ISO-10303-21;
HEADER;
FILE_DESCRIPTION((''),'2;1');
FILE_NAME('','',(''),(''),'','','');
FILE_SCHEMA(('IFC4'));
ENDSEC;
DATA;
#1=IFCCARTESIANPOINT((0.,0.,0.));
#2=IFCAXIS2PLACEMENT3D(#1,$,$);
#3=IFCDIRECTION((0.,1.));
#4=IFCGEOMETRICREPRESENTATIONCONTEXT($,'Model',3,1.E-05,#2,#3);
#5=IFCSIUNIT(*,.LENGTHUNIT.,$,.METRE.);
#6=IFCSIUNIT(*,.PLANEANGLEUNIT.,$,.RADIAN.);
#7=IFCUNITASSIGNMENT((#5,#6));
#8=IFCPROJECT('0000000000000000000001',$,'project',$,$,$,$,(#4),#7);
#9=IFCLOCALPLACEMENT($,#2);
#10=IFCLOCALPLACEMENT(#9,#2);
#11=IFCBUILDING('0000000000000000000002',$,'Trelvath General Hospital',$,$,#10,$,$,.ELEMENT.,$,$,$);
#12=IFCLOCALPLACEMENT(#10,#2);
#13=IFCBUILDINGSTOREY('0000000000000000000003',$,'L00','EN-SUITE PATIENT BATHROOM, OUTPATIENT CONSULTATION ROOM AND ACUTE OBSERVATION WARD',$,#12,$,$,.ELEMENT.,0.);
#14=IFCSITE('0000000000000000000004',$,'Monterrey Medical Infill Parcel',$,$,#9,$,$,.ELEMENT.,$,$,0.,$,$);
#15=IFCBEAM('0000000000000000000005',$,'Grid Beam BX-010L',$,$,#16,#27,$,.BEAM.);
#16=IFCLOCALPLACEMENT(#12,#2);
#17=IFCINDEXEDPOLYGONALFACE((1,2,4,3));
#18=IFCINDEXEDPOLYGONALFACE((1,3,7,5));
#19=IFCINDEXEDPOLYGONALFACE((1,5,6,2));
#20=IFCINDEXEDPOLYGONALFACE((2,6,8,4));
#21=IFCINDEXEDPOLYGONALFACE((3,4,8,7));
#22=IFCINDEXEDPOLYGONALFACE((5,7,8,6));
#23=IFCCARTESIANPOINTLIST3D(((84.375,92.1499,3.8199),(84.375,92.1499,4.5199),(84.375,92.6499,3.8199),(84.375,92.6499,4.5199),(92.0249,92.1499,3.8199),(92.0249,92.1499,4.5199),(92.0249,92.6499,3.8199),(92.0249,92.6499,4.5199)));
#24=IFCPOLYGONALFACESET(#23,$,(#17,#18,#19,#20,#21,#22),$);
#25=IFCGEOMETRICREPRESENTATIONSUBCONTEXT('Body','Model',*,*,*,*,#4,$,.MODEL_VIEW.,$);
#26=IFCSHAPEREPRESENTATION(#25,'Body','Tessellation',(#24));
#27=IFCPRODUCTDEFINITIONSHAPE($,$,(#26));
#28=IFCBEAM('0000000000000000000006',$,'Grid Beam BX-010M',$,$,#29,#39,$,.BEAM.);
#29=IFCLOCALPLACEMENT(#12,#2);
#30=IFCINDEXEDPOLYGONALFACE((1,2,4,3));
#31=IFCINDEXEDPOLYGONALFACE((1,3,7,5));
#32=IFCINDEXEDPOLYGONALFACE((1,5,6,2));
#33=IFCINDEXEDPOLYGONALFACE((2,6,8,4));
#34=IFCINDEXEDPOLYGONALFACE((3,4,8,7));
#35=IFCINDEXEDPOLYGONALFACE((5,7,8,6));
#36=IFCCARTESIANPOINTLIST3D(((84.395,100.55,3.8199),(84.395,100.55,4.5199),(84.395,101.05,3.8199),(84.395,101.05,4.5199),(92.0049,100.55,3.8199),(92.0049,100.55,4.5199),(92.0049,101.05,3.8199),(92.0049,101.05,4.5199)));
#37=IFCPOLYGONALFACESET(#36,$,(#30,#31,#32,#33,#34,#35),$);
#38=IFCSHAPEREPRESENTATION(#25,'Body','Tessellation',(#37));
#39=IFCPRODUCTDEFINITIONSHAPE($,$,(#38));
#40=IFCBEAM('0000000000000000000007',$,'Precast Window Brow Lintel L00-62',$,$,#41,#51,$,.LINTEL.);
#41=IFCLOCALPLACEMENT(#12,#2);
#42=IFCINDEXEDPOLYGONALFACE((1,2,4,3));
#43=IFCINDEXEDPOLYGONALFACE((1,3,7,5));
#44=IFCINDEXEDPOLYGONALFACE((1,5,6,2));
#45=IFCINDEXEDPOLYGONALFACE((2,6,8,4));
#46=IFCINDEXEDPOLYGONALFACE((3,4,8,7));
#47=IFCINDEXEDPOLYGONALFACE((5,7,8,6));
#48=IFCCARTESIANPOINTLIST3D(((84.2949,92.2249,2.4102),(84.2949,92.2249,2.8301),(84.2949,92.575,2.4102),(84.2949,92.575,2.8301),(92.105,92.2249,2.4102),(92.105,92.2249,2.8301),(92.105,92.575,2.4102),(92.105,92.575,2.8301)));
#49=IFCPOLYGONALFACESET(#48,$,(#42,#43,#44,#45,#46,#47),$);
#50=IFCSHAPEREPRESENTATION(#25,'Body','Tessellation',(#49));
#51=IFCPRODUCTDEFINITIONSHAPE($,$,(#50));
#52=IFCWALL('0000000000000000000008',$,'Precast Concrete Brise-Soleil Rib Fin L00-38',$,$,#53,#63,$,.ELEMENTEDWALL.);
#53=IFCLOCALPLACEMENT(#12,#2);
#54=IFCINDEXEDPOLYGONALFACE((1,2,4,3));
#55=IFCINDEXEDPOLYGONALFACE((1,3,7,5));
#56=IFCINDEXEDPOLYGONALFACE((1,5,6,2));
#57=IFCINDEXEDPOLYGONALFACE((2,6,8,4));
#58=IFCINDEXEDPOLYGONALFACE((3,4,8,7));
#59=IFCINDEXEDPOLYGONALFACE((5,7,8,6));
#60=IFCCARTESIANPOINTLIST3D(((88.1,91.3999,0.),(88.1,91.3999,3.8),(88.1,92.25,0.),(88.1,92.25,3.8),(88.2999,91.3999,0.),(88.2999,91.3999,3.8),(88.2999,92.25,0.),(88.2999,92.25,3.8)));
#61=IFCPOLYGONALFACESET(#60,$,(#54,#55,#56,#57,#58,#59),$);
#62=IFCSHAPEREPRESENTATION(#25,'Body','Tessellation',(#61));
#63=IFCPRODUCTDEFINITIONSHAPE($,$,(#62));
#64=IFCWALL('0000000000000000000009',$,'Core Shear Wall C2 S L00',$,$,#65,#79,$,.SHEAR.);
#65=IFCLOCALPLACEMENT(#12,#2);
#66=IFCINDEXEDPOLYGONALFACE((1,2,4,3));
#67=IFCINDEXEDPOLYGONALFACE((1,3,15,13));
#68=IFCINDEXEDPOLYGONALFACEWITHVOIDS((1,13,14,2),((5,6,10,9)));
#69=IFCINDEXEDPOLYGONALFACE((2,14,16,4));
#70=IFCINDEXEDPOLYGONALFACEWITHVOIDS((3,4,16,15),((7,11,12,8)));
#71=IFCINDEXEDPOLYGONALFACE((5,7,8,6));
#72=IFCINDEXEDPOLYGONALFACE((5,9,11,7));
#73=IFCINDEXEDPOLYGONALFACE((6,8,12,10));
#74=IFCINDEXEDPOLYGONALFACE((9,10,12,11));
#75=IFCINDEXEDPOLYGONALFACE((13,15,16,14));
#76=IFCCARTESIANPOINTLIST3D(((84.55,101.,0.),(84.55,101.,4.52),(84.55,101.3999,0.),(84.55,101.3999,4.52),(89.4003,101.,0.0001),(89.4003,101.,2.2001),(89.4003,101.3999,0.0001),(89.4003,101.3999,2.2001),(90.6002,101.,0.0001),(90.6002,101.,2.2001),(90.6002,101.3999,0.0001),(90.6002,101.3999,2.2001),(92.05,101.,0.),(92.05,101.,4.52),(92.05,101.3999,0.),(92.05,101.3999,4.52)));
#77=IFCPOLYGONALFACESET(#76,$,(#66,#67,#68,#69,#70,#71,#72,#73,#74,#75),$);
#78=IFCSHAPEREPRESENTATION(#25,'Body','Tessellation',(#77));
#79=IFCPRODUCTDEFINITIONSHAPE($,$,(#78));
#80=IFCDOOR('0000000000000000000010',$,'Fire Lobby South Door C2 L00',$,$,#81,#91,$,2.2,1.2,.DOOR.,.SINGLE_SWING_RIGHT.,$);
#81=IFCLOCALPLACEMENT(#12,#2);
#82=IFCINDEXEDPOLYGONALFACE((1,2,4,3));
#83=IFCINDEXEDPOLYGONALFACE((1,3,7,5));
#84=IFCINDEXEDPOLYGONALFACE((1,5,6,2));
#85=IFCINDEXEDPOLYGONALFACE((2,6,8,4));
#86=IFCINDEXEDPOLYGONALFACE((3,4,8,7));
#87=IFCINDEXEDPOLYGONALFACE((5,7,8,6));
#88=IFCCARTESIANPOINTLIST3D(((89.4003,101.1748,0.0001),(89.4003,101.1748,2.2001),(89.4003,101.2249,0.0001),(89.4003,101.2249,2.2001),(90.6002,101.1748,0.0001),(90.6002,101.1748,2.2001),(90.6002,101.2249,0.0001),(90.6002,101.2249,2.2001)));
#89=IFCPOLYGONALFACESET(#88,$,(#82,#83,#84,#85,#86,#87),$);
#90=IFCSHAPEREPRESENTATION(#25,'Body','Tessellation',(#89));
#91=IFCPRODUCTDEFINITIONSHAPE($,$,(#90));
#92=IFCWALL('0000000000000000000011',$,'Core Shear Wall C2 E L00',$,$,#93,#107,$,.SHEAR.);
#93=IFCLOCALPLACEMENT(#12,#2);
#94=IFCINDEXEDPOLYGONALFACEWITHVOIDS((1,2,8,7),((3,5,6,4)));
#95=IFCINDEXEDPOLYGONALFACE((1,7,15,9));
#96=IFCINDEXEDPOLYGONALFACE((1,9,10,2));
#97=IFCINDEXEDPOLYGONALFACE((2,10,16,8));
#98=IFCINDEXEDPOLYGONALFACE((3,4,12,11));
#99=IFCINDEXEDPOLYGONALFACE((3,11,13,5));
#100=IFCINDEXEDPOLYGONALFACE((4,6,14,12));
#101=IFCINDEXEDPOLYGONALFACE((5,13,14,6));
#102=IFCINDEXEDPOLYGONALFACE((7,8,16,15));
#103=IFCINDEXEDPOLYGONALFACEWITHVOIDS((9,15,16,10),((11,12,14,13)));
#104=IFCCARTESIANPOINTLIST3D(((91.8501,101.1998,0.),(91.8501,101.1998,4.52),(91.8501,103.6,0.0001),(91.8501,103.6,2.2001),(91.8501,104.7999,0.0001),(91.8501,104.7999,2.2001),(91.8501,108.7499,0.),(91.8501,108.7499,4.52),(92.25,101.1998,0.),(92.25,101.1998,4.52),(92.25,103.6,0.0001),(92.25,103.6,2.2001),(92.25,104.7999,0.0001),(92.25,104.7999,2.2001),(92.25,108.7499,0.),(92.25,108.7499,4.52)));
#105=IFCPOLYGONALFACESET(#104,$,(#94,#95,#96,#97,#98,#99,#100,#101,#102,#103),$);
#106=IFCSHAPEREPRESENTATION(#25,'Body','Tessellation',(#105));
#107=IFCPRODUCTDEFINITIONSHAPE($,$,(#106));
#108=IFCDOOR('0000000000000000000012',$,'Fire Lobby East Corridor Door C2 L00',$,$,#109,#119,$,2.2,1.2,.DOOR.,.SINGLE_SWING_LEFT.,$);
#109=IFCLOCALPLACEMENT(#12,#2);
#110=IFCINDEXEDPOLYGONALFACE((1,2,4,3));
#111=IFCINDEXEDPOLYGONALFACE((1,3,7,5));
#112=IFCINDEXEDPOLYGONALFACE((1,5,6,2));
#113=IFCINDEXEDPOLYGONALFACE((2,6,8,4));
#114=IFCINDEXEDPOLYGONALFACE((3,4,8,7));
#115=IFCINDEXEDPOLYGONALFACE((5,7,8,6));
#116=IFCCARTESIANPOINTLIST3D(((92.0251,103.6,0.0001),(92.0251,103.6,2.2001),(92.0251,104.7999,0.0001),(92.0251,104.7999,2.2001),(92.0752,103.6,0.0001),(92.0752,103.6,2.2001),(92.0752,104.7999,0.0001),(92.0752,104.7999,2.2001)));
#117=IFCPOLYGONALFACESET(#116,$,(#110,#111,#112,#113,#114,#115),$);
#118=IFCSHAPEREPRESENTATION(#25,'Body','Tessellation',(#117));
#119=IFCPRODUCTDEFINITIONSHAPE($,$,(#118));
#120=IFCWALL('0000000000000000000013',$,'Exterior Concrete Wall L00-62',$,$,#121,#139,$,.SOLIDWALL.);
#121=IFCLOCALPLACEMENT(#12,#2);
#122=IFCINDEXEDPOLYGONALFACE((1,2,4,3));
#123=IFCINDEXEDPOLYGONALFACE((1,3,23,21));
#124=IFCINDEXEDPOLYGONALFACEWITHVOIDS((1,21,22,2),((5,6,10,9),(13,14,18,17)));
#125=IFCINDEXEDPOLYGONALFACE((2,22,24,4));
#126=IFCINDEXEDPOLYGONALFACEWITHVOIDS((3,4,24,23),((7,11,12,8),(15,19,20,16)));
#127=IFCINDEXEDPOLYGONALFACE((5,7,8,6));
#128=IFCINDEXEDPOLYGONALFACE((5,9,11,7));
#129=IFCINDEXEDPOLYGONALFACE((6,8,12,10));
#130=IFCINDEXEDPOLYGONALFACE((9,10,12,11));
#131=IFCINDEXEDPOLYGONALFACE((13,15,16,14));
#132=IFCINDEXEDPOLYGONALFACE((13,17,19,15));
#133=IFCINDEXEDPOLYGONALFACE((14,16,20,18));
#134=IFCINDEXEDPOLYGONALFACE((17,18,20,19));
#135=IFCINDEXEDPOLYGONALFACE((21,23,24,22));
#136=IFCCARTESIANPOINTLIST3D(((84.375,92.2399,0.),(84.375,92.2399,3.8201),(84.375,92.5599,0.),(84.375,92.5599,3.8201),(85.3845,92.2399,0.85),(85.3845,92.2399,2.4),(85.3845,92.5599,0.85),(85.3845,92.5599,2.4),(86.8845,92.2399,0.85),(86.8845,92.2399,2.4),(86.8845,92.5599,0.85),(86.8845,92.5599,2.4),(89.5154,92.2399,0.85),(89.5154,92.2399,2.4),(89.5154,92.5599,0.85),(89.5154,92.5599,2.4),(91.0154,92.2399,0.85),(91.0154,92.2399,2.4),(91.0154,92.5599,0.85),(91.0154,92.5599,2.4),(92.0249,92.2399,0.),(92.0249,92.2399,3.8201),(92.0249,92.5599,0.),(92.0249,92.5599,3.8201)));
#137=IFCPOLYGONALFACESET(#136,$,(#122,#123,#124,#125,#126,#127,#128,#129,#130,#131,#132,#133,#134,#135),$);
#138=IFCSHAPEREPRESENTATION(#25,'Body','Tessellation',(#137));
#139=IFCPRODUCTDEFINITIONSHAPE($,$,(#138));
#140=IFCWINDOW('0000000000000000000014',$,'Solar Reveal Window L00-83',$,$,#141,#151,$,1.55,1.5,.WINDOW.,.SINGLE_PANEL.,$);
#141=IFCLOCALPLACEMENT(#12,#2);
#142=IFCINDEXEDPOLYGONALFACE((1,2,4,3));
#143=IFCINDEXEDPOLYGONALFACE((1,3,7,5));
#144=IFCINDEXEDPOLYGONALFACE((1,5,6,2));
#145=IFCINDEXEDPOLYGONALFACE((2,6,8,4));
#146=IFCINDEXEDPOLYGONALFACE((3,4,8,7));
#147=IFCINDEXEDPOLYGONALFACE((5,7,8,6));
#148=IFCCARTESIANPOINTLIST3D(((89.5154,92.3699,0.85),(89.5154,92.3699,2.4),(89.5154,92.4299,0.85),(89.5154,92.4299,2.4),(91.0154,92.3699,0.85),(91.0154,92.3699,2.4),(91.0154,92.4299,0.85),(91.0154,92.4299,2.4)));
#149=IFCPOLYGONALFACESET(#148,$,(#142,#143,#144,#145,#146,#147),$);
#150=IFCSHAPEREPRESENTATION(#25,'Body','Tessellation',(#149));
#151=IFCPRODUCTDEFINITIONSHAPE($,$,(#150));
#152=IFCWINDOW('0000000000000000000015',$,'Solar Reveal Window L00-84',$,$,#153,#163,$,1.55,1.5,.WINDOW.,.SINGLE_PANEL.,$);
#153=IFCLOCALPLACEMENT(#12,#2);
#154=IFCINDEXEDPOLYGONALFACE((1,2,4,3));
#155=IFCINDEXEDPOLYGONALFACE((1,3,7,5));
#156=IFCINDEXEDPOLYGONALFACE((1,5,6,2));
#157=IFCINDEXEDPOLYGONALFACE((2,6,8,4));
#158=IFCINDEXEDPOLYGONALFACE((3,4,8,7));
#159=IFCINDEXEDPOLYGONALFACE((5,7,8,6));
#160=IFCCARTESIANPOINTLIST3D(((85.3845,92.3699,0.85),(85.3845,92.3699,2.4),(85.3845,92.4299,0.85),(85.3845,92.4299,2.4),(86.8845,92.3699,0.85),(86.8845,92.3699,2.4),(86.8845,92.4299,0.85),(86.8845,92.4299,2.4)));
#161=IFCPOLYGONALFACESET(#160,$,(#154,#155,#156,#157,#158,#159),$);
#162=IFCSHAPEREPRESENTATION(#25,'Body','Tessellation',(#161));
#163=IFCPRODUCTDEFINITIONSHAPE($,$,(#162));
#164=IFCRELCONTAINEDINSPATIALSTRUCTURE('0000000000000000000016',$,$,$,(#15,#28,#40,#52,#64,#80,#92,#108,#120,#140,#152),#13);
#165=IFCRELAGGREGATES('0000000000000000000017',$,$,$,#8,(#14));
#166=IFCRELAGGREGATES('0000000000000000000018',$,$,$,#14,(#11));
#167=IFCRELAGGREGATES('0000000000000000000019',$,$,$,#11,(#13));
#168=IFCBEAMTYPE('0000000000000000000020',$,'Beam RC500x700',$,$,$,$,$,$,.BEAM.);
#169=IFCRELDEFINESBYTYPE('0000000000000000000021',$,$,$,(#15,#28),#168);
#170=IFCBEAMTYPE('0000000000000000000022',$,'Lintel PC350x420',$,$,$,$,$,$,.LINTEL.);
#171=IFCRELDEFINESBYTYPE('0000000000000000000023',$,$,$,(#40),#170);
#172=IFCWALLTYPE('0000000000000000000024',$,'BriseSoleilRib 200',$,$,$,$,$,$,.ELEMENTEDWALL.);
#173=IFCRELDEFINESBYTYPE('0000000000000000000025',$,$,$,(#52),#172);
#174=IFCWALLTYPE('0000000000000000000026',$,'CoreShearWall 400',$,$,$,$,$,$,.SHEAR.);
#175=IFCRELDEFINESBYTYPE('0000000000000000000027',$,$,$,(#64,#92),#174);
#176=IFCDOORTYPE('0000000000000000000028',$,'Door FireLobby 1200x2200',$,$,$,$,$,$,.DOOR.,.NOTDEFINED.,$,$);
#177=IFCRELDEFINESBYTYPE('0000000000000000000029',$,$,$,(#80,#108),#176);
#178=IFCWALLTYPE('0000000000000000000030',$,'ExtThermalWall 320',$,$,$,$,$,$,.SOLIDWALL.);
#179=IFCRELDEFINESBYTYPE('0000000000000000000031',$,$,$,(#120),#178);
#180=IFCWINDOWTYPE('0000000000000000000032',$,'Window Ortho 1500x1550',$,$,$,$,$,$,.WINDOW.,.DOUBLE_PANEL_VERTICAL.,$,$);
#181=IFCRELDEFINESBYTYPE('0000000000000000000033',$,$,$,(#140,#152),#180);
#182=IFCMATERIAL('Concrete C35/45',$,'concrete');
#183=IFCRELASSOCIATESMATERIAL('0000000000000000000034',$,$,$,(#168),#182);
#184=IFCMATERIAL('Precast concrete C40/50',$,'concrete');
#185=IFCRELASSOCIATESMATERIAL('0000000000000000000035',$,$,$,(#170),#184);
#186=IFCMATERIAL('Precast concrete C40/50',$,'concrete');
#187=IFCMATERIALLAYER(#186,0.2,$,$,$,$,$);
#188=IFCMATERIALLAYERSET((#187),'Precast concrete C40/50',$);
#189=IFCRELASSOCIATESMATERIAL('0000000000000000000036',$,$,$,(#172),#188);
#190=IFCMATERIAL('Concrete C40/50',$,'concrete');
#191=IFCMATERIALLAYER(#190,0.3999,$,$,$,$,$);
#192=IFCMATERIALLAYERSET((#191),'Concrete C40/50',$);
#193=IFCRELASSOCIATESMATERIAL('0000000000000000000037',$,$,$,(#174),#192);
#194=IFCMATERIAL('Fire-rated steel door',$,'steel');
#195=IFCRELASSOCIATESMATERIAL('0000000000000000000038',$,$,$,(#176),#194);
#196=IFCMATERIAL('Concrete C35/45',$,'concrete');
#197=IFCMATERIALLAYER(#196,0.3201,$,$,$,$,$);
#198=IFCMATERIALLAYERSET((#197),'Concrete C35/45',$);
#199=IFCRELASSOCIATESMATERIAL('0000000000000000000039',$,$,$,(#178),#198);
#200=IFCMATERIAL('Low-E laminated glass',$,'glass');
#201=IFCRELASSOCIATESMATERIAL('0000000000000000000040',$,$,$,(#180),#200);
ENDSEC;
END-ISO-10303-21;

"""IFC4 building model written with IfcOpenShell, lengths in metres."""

from ifc_helpers import new_model, si_unit, direction, frame, frame_2d, origin, origin_2d, place, context, subcontext, project, spatial, rectangle, extrude, material, layer, layer_set, material_profile, profile_set, type_object, element, fill, save


model = new_model("IFC4")

# Units and contexts
model_context = context("Model", 3, precision=1e-05, world=origin(), true_north=direction((0.0, 1.0)))
body_context = subcontext(model_context, "Body", "Model", "MODEL_VIEW")
ifc_project = project(units=[si_unit("LENGTHUNIT", "METRE"), si_unit("PLANEANGLEUNIT", "RADIAN")], contexts=[model_context])

# Site, building, storey
site_placement = place(None, origin())
site = spatial("IfcSite", under=ifc_project, at=site_placement, Name="Monterrey Medical Infill Parcel", CompositionType="ELEMENT", RefElevation=0.0)
building_placement = place(site_placement, origin())
building = spatial("IfcBuilding", under=site, at=building_placement, Name="Trelvath General Hospital", CompositionType="ELEMENT")
storey_placement = place(building_placement, origin())
storey = spatial("IfcBuildingStorey", under=building, at=storey_placement, Name="L00", Description="EN-SUITE PATIENT BATHROOM, OUTPATIENT CONSULTATION ROOM AND ACUTE OBSERVATION WARD", CompositionType="ELEMENT", Elevation=0.0)

# Beams
ifc_material_1 = material(Name="Concrete C35/45", Category="concrete")
ifc_material_profile_1 = material_profile(ifc_material_1, rectangle(XDim=0.5, YDim=0.7, at=origin_2d()), Name="RCB500x700")
ifc_profile_set_1 = profile_set([ifc_material_profile_1], Name="Concrete C35/45")
beam_type_1 = type_object("IfcBeamType", Name="Beam RC500x700", PredefinedType="BEAM", material=ifc_profile_set_1)
beam_1_placement = place(storey_placement, frame((84.375, 92.3999, 4.1699), z_axis=(1.0, 0.0, 0.0), x_axis=(0.0, 1.0, 0.0)))
element("IfcBeam", 1, at=beam_1_placement, inside=storey, type_object=beam_type_1, Name="Grid Beam BX-010L", PredefinedType="BEAM", context=body_context, shape_type="SweptSolid", body=[
    extrude(rectangle(XDim=0.5, YDim=0.7, at=origin_2d()), origin(), (0.0, 0.0, 1.0), 7.6499),
])
beam_2_placement = place(storey_placement, frame((84.395, 100.8, 4.1699), z_axis=(1.0, 0.0, 0.0), x_axis=(0.0, 1.0, 0.0)))
element("IfcBeam", 2, at=beam_2_placement, inside=storey, type_object=beam_type_1, Name="Grid Beam BX-010M", PredefinedType="BEAM", context=body_context, shape_type="SweptSolid", body=[
    extrude(rectangle(XDim=0.5, YDim=0.7, at=origin_2d()), origin(), (0.0, 0.0, 1.0), 7.6099),
])
ifc_material_2 = material(Name="Precast concrete C40/50", Category="concrete")
ifc_material_profile_2 = material_profile(ifc_material_2, rectangle(XDim=0.3501, YDim=0.4199, at=origin_2d()), Name="PCL350x420")
ifc_profile_set_2 = profile_set([ifc_material_profile_2], Name="Precast concrete C40/50")
beam_type_2 = type_object("IfcBeamType", Name="Lintel PC350x420", PredefinedType="LINTEL", material=ifc_profile_set_2)
beam_3_placement = place(storey_placement, frame((92.105, 92.3999, 2.6201), z_axis=(-1.0, 0.0, 0.0), x_axis=(0.0, -1.0, 0.0)))
element("IfcBeam", 3, at=beam_3_placement, inside=storey, type_object=beam_type_2, Name="Precast Window Brow Lintel L00-62", PredefinedType="LINTEL", context=body_context, shape_type="SweptSolid", body=[
    extrude(rectangle(XDim=0.3501, YDim=0.4199, at=origin_2d()), origin(), (0.0, 0.0, 1.0), 7.8101),
])

# Wall
ifc_material_3 = material(Name="Precast concrete C40/50", Category="concrete")
ifc_layer_1 = layer(ifc_material_3, 0.2)
ifc_layer_set_1 = layer_set([ifc_layer_1], Name="Precast concrete C40/50")
wall_type_1 = type_object("IfcWallType", Name="BriseSoleilRib 200", PredefinedType="ELEMENTEDWALL", material=ifc_layer_set_1)
wall_1_placement = place(storey_placement, frame((88.2, 92.25, 0.0), z_axis=(0.0, 0.0, 1.0), x_axis=(0.0, -1.0, 0.0)))
element("IfcWall", 4, at=wall_1_placement, inside=storey, type_object=wall_type_1, Name="Precast Concrete Brise-Soleil Rib Fin L00-38", PredefinedType="ELEMENTEDWALL", context=body_context, shape_type="SweptSolid", body=[
    extrude(rectangle(XDim=0.8501, YDim=0.2, at=frame_2d((0.425, 0.0))), origin(), (0.0, 0.0, 1.0), 3.8),
])

# Walls, openings, doors
ifc_material_4 = material(Name="Concrete C40/50", Category="concrete")
ifc_layer_2 = layer(ifc_material_4, 0.3999)
ifc_layer_set_2 = layer_set([ifc_layer_2], Name="Concrete C40/50")
wall_type_2 = type_object("IfcWallType", Name="CoreShearWall 400", PredefinedType="SHEAR", material=ifc_layer_set_2)
wall_2_placement = place(storey_placement, frame((84.55, 101.2, 0.0), z_axis=(0.0, 0.0, 1.0), x_axis=(1.0, 0.0, 0.0)))
wall_2 = element("IfcWall", 5, at=wall_2_placement, inside=storey, type_object=wall_type_2, Name="Core Shear Wall C2 S L00", PredefinedType="SHEAR", context=body_context, shape_type="SweptSolid", body=[
    extrude(rectangle(XDim=7.5, YDim=0.3999, at=frame_2d((3.75, 0.0))), origin(), (0.0, 0.0, 1.0), 4.52),
])
opening_1_placement = place(wall_2_placement, frame((4.8501, 0.0, 0.0)))
opening_1 = element("IfcOpeningElement", 6, at=opening_1_placement, cuts=wall_2, PredefinedType="OPENING", context=body_context, shape_type="SweptSolid", body=[
    extrude(rectangle(XDim=1.2, YDim=2.2, at=frame_2d((0.6001, 1.1001))), frame((0.0, 0.21, 0.0), z_axis=(0.0, -1.0, 0.0), x_axis=(1.0, 0.0, 0.0)), (0.0, 0.0, 1.0), 0.4199),
])
ifc_material_5 = material(Name="Fire-rated steel door", Category="steel")
door_type_1 = type_object("IfcDoorType", Name="Door FireLobby 1200x2200", OperationType="NOTDEFINED", PredefinedType="DOOR", material=ifc_material_5)
door_1_placement = place(opening_1_placement, origin())
door_1 = element("IfcDoor", 7, at=door_1_placement, inside=storey, type_object=door_type_1, Name="Fire Lobby South Door C2 L00", OperationType="SINGLE_SWING_RIGHT", OverallHeight=2.2, OverallWidth=1.2, PredefinedType="DOOR", context=body_context, shape_type="SweptSolid", body=[
    extrude(rectangle(XDim=1.2, YDim=2.2, at=frame_2d((0.6001, 1.1001))), frame((0.0, 0.0249, 0.0), z_axis=(0.0, -1.0, 0.0), x_axis=(1.0, 0.0, 0.0)), (0.0, 0.0, 1.0), 0.05),
])
fill(opening_1, door_1)
wall_3_placement = place(storey_placement, frame((92.05, 101.2, 0.0), z_axis=(0.0, 0.0, 1.0), x_axis=(0.0, 1.0, 0.0)))
wall_3 = element("IfcWall", 8, at=wall_3_placement, inside=storey, type_object=wall_type_2, Name="Core Shear Wall C2 E L00", PredefinedType="SHEAR", context=body_context, shape_type="SweptSolid", body=[
    extrude(rectangle(XDim=7.55, YDim=0.3999, at=frame_2d((3.7749, 0.0))), origin(), (0.0, 0.0, 1.0), 4.52),
])
opening_2_placement = place(wall_3_placement, frame((2.3999, 0.0, 0.0)))
opening_2 = element("IfcOpeningElement", 9, at=opening_2_placement, cuts=wall_3, PredefinedType="OPENING", context=body_context, shape_type="SweptSolid", body=[
    extrude(rectangle(XDim=1.2, YDim=2.2, at=frame_2d((0.6001, 1.1001))), frame((0.0, 0.21, 0.0), z_axis=(0.0, -1.0, 0.0), x_axis=(1.0, 0.0, 0.0)), (0.0, 0.0, 1.0), 0.4199),
])
door_2_placement = place(opening_2_placement, origin())
door_2 = element("IfcDoor", 10, at=door_2_placement, inside=storey, type_object=door_type_1, Name="Fire Lobby East Corridor Door C2 L00", OperationType="SINGLE_SWING_LEFT", OverallHeight=2.2, OverallWidth=1.2, PredefinedType="DOOR", context=body_context, shape_type="SweptSolid", body=[
    extrude(rectangle(XDim=1.2, YDim=2.2, at=frame_2d((0.6001, 1.1001))), frame((0.0, 0.0249, 0.0), z_axis=(0.0, -1.0, 0.0), x_axis=(1.0, 0.0, 0.0)), (0.0, 0.0, 1.0), 0.05),
])
fill(opening_2, door_2)

# Wall, openings, windows
ifc_material_6 = material(Name="Concrete C35/45", Category="concrete")
ifc_layer_3 = layer(ifc_material_6, 0.3201)
ifc_layer_set_3 = layer_set([ifc_layer_3], Name="Concrete C35/45")
wall_type_3 = type_object("IfcWallType", Name="ExtThermalWall 320", PredefinedType="SOLIDWALL", material=ifc_layer_set_3)
wall_4_placement = place(storey_placement, frame((92.0249, 92.3999, 0.0), z_axis=(0.0, 0.0, 1.0), x_axis=(-1.0, 0.0, 0.0)))
wall_4 = element("IfcWall", 11, at=wall_4_placement, inside=storey, type_object=wall_type_3, Name="Exterior Concrete Wall L00-62", PredefinedType="SOLIDWALL", context=body_context, shape_type="SweptSolid", body=[
    extrude(rectangle(XDim=7.6499, YDim=0.3201, at=frame_2d((3.825, 0.0))), origin(), (0.0, 0.0, 1.0), 3.8201),
])
opening_3_placement = place(wall_4_placement, frame((1.0095, 0.0, 0.8501)))
opening_3 = element("IfcOpeningElement", 12, at=opening_3_placement, cuts=wall_4, PredefinedType="OPENING", context=body_context, shape_type="SweptSolid", body=[
    extrude(rectangle(XDim=1.5, YDim=1.55, at=frame_2d((0.75, 0.7749))), frame((0.0, 0.1699, 0.0), z_axis=(0.0, -1.0, 0.0), x_axis=(1.0, 0.0, 0.0)), (0.0, 0.0, 1.0), 0.3401),
])
opening_4_placement = place(wall_4_placement, frame((5.1404, 0.0, 0.8501)))
opening_4 = element("IfcOpeningElement", 13, at=opening_4_placement, cuts=wall_4, PredefinedType="OPENING", context=body_context, shape_type="SweptSolid", body=[
    extrude(rectangle(XDim=1.5, YDim=1.55, at=frame_2d((0.75, 0.7749))), frame((0.0, 0.1699, 0.0), z_axis=(0.0, -1.0, 0.0), x_axis=(1.0, 0.0, 0.0)), (0.0, 0.0, 1.0), 0.3401),
])
ifc_material_7 = material(Name="Low-E laminated glass", Category="glass")
window_type = type_object("IfcWindowType", Name="Window Ortho 1500x1550", PartitioningType="DOUBLE_PANEL_VERTICAL", PredefinedType="WINDOW", material=ifc_material_7)
window_1_placement = place(opening_3_placement, origin())
window_1 = element("IfcWindow", 14, at=window_1_placement, inside=storey, type_object=window_type, Name="Solar Reveal Window L00-83", OverallHeight=1.55, OverallWidth=1.5, PartitioningType="SINGLE_PANEL", PredefinedType="WINDOW", context=body_context, shape_type="SweptSolid", body=[
    extrude(rectangle(XDim=1.5, YDim=1.55, at=frame_2d((0.75, 0.7749))), frame((0.0, 0.03, 0.0), z_axis=(0.0, -1.0, 0.0), x_axis=(1.0, 0.0, 0.0)), (0.0, 0.0, 1.0), 0.0601),
])
fill(opening_3, window_1)
window_2_placement = place(opening_4_placement, origin())
window_2 = element("IfcWindow", 15, at=window_2_placement, inside=storey, type_object=window_type, Name="Solar Reveal Window L00-84", OverallHeight=1.55, OverallWidth=1.5, PartitioningType="SINGLE_PANEL", PredefinedType="WINDOW", context=body_context, shape_type="SweptSolid", body=[
    extrude(rectangle(XDim=1.5, YDim=1.55, at=frame_2d((0.75, 0.7749))), frame((0.0, 0.03, 0.0), z_axis=(0.0, -1.0, 0.0), x_axis=(1.0, 0.0, 0.0)), (0.0, 0.0, 1.0), 0.0601),
])
fill(opening_4, window_2)

save(model, "model.ifc")
